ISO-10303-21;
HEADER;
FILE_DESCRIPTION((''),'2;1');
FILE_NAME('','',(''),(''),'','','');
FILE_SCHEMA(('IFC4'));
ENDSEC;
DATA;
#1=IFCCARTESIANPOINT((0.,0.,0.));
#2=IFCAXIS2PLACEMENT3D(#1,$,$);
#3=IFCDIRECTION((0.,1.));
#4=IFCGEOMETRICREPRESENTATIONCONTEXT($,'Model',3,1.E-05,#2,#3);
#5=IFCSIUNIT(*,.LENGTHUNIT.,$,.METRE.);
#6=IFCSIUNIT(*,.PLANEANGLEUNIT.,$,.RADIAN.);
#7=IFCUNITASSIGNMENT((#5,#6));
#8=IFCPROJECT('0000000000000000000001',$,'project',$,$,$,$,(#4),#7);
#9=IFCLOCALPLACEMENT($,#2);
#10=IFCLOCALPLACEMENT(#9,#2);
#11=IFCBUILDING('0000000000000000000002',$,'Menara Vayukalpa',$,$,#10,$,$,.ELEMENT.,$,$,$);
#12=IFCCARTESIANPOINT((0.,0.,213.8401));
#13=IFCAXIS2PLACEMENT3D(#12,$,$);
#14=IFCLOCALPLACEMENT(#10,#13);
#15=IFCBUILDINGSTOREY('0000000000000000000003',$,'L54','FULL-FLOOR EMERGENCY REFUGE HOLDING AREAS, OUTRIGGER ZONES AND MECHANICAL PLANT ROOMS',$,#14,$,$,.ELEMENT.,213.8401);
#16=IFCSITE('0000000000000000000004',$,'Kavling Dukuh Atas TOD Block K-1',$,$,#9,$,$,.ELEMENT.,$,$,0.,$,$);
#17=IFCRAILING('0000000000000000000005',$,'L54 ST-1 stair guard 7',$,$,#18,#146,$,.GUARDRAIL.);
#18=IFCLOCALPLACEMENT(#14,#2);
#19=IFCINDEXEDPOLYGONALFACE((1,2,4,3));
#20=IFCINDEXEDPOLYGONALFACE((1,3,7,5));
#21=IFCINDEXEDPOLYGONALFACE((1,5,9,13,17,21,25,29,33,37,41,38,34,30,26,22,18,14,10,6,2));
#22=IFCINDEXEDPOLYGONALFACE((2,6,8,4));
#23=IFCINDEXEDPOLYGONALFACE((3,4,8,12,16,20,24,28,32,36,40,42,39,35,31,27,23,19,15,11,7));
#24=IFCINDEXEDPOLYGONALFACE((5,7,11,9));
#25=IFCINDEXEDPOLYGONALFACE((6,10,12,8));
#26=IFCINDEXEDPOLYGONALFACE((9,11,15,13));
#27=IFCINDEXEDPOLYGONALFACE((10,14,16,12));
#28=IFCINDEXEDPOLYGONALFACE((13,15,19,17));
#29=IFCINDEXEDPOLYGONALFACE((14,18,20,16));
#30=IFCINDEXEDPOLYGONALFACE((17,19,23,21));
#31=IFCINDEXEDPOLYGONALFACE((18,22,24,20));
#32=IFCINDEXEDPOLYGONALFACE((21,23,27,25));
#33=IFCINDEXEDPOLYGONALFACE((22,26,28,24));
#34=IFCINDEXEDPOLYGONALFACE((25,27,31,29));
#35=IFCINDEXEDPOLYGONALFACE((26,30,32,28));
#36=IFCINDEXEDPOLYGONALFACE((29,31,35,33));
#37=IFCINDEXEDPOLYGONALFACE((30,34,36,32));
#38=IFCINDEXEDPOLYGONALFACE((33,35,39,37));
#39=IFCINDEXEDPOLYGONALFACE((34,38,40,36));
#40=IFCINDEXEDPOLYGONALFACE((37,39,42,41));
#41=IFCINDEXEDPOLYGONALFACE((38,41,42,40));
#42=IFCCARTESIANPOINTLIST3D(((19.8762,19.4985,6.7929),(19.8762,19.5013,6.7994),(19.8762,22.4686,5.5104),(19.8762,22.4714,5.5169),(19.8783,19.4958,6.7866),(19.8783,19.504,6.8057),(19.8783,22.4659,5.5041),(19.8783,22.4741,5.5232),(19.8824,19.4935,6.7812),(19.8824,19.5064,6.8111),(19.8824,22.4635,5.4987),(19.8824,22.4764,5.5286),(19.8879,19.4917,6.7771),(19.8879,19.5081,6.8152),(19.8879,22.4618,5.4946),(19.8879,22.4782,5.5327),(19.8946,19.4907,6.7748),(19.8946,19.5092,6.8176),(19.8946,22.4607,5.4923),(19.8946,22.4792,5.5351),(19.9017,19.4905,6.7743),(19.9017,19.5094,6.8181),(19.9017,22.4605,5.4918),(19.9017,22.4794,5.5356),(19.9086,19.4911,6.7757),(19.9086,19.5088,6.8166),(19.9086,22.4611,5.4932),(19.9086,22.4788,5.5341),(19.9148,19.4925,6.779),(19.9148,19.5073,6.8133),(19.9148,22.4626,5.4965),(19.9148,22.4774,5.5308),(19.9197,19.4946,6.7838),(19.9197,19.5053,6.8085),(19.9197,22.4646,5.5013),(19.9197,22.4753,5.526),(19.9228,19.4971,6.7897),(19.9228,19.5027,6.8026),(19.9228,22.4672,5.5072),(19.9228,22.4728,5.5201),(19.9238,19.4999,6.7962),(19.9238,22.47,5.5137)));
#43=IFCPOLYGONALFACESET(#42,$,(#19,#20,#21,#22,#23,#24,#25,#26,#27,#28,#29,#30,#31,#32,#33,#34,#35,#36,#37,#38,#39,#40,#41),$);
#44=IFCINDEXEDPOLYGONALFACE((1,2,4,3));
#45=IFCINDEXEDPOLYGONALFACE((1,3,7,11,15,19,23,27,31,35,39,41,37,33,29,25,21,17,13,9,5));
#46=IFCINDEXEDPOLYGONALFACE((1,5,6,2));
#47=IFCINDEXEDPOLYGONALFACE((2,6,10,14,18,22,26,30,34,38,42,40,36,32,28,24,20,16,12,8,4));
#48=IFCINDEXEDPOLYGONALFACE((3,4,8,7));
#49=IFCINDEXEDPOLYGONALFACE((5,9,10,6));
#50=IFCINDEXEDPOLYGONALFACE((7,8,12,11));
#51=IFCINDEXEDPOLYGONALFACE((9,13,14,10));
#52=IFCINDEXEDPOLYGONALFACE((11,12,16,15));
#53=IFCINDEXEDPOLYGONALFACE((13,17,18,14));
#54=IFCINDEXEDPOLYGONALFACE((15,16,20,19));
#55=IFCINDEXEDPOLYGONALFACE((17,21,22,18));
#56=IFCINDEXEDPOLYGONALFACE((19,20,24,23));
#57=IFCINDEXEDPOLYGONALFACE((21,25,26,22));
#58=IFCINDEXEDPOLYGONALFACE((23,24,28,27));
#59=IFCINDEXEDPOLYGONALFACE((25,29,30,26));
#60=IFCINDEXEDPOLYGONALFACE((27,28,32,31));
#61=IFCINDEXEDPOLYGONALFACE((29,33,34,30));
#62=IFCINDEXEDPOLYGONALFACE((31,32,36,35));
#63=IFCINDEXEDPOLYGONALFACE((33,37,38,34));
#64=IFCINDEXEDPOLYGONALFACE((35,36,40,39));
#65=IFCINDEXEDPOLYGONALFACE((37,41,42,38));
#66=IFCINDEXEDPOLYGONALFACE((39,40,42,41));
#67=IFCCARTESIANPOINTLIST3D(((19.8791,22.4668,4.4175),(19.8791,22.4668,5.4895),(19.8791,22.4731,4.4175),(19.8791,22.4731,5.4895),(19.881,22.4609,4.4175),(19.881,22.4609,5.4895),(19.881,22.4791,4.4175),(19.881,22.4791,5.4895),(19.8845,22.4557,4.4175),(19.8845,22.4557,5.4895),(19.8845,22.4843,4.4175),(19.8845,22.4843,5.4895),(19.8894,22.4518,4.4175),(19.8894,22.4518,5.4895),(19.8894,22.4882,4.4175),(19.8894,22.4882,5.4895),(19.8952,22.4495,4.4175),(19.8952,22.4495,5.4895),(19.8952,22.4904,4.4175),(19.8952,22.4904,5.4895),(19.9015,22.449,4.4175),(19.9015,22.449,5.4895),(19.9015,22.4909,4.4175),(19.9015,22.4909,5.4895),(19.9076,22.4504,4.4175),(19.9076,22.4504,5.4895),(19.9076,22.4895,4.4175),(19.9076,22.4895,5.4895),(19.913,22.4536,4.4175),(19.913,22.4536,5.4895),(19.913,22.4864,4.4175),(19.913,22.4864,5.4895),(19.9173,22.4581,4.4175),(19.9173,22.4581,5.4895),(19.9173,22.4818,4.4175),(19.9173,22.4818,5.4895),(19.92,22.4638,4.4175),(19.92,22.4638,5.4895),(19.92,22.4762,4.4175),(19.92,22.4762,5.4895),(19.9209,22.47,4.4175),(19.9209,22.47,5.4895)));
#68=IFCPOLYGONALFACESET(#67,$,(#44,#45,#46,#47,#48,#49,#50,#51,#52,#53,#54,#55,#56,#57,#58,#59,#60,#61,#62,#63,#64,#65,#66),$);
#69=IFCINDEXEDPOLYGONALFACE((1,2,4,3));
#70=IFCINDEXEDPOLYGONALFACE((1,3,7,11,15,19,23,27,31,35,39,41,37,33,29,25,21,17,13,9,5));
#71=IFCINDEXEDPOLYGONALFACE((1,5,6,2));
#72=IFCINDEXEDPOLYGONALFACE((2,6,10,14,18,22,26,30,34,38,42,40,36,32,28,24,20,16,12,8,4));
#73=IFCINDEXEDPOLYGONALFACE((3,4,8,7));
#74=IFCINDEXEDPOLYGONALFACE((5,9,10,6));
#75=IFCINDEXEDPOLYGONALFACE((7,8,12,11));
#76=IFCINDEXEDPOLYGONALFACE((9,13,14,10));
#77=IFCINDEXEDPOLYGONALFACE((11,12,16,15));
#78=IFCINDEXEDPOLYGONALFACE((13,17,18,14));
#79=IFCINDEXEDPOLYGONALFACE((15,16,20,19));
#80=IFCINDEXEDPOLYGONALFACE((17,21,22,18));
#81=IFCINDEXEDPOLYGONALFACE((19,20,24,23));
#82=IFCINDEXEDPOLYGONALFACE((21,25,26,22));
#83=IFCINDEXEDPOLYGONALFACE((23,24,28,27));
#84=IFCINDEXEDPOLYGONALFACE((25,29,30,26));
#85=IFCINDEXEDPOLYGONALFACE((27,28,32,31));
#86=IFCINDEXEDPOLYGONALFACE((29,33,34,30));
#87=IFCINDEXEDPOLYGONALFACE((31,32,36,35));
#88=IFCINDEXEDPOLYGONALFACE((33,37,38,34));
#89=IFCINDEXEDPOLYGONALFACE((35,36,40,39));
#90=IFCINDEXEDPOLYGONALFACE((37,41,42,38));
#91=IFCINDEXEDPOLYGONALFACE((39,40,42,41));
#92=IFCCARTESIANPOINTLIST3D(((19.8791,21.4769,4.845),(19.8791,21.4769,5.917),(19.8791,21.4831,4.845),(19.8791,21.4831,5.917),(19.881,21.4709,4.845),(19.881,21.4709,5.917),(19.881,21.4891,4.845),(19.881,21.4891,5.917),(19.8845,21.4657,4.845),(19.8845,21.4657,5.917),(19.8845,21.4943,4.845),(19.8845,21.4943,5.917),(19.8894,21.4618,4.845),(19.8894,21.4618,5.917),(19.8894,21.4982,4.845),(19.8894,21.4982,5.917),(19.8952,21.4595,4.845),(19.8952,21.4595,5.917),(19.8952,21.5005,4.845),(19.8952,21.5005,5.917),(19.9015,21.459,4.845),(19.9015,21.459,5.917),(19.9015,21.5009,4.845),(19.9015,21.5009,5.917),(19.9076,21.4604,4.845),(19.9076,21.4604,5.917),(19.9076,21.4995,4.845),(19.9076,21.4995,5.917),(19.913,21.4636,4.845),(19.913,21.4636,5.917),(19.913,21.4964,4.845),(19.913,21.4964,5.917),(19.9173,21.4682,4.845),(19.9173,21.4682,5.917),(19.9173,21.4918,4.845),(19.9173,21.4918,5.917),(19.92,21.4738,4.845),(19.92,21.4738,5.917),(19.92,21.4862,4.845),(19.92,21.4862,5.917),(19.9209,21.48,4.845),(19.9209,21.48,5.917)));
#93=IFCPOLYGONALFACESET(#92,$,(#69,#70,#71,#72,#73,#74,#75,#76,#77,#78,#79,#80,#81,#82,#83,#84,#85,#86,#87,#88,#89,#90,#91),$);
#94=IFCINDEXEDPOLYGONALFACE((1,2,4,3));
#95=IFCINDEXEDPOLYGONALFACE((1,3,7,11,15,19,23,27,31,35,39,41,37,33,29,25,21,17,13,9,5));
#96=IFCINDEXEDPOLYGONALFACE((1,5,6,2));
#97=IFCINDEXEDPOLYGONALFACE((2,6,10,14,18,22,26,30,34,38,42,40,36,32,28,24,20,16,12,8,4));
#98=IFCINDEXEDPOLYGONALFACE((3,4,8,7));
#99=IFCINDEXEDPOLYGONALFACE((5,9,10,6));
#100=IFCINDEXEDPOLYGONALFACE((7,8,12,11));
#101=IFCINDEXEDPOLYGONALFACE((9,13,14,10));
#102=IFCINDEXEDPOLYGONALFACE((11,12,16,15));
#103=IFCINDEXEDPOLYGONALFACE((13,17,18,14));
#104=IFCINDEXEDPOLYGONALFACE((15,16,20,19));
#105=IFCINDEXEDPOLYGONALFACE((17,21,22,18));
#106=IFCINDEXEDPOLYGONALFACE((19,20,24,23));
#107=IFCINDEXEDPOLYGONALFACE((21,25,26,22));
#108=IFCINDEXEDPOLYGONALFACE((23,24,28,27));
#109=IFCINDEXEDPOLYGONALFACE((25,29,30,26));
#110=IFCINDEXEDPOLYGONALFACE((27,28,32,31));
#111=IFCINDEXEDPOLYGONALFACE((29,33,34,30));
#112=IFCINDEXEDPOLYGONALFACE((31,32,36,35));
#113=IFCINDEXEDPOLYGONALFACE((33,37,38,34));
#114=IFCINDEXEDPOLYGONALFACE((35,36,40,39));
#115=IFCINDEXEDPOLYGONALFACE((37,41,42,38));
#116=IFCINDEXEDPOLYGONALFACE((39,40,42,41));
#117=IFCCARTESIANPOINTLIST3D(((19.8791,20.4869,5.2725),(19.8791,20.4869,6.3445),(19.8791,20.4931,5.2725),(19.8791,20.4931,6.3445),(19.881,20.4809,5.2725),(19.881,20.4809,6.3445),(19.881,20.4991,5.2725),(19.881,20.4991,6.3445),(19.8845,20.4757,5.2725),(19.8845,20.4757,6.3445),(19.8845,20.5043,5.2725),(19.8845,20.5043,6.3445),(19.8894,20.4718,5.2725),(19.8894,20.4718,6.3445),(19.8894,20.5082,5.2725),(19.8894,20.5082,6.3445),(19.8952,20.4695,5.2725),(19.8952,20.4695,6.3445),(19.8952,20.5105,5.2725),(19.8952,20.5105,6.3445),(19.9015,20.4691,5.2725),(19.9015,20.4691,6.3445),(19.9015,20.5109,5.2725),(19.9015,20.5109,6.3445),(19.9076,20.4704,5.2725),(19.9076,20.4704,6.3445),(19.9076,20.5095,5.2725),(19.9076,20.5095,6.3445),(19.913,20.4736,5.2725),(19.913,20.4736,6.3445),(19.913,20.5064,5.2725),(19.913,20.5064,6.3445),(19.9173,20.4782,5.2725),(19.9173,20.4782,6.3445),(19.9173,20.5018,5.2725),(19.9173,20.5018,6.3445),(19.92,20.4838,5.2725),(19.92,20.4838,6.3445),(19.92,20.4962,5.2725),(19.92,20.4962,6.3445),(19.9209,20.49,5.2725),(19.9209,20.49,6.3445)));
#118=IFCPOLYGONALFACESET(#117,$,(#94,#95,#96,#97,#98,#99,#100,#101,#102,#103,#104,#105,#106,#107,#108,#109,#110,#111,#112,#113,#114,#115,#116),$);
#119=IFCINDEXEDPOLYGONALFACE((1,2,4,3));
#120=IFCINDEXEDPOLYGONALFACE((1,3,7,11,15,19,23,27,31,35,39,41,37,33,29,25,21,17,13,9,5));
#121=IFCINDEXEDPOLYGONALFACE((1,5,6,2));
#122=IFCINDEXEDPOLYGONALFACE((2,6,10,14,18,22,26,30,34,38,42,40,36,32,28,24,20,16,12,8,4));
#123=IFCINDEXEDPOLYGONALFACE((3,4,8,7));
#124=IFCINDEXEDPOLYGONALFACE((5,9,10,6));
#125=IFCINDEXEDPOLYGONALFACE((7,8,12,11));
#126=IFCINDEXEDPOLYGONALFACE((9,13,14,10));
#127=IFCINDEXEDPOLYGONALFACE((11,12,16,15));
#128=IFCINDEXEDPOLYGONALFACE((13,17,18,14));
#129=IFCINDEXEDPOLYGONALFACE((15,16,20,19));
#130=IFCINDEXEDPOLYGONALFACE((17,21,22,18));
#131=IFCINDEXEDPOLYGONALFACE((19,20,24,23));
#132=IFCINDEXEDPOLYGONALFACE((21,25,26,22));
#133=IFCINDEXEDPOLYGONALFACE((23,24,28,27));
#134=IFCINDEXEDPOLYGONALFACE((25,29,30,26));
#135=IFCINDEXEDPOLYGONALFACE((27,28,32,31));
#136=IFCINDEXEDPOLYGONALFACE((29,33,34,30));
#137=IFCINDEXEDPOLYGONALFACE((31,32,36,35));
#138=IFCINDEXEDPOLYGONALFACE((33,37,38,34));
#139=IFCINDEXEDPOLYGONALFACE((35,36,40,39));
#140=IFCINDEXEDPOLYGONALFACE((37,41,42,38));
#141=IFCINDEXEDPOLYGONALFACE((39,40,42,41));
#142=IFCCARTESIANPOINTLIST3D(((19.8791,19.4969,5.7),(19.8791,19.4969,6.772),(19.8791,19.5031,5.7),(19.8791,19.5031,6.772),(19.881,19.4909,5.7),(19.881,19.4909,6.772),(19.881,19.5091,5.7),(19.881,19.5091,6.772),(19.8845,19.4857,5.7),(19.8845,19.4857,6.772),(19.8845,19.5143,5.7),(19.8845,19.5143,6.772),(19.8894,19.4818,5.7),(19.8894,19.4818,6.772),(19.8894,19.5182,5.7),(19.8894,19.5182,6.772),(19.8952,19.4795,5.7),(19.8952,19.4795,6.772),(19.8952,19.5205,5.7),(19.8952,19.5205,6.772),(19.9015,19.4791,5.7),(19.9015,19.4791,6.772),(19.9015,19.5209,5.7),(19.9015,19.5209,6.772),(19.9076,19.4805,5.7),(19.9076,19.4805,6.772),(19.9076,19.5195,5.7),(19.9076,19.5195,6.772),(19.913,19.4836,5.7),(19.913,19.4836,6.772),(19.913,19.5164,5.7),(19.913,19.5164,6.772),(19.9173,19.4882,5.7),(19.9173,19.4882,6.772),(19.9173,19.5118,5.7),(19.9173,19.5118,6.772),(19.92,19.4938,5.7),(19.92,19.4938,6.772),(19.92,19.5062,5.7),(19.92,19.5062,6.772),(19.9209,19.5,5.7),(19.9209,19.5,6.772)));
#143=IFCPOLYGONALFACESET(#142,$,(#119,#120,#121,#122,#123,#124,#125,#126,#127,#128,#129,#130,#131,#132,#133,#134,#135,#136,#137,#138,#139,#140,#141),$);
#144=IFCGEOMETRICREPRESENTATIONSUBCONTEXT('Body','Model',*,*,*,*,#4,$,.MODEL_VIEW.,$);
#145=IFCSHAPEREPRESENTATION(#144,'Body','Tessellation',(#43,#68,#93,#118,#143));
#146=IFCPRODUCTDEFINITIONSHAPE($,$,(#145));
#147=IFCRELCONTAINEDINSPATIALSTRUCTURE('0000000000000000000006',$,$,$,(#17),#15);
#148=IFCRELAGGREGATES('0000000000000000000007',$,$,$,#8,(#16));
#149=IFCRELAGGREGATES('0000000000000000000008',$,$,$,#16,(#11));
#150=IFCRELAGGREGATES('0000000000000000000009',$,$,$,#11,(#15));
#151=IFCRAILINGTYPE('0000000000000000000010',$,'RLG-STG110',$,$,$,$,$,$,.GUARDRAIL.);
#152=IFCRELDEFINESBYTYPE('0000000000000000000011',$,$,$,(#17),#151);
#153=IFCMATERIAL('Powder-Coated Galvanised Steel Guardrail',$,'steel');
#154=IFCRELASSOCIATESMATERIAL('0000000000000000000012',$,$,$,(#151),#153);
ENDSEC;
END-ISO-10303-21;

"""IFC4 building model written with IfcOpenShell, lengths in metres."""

from ifc_helpers import new_model, si_unit, direction, frame, origin, origin_2d, place, context, subcontext, project, spatial, circle, extrude, material, type_object, element, save


model = new_model("IFC4")

# Units and contexts
model_context = context("Model", 3, precision=1e-05, world=origin(), true_north=direction((0.0, 1.0)))
body_context = subcontext(model_context, "Body", "Model", "MODEL_VIEW")
ifc_project = project(units=[si_unit("LENGTHUNIT", "METRE"), si_unit("PLANEANGLEUNIT", "RADIAN")], contexts=[model_context])

# Site, building, storey
site_placement = place(None, origin())
site = spatial("IfcSite", under=ifc_project, at=site_placement, Name="Kavling Dukuh Atas TOD Block K-1", CompositionType="ELEMENT", RefElevation=0.0)
building_placement = place(site_placement, origin())
building = spatial("IfcBuilding", under=site, at=building_placement, Name="Menara Vayukalpa", CompositionType="ELEMENT")
storey_placement = place(building_placement, frame((0.0, 0.0, 213.8401)))
storey = spatial("IfcBuildingStorey", under=building, at=storey_placement, Name="L54", Description="FULL-FLOOR EMERGENCY REFUGE HOLDING AREAS, OUTRIGGER ZONES AND MECHANICAL PLANT ROOMS", CompositionType="ELEMENT", Elevation=213.8401)

# Railing
ifc_material_1 = material(Name="Powder-Coated Galvanised Steel Guardrail", Category="steel")
railing_type_1 = type_object("IfcRailingType", Name="RLG-STG110", PredefinedType="GUARDRAIL", material=ifc_material_1)
railing_1_placement = place(storey_placement, frame((19.8999, 22.47, 4.4175)))
element("IfcRailing", 1, at=railing_1_placement, inside=storey, type_object=railing_type_1, Name="L54 ST-1 stair guard 7", PredefinedType="GUARDRAIL", context=body_context, shape_type="SweptSolid", body=[
    extrude(circle(Radius=0.0239, at=origin_2d()), frame((0.0, 0.0, 1.0962), z_axis=(0.0, -0.918064, 0.396432), x_axis=(1.0, 0.0, 0.0)), (0.0, 0.0, 1.0), 3.2351),
    extrude(circle(Radius=0.021, at=origin_2d()), origin(), (0.0, 0.0, 1.0), 1.072),
    extrude(circle(Radius=0.021, at=origin_2d()), frame((0.0, -0.99, 0.4275)), (0.0, 0.0, 1.0), 1.072),
    extrude(circle(Radius=0.021, at=origin_2d()), frame((0.0, -1.98, 0.855)), (0.0, 0.0, 1.0), 1.072),
    extrude(circle(Radius=0.021, at=origin_2d()), frame((0.0, -2.97, 1.2825)), (0.0, 0.0, 1.0), 1.072),
])

save(model, "model.ifc")
